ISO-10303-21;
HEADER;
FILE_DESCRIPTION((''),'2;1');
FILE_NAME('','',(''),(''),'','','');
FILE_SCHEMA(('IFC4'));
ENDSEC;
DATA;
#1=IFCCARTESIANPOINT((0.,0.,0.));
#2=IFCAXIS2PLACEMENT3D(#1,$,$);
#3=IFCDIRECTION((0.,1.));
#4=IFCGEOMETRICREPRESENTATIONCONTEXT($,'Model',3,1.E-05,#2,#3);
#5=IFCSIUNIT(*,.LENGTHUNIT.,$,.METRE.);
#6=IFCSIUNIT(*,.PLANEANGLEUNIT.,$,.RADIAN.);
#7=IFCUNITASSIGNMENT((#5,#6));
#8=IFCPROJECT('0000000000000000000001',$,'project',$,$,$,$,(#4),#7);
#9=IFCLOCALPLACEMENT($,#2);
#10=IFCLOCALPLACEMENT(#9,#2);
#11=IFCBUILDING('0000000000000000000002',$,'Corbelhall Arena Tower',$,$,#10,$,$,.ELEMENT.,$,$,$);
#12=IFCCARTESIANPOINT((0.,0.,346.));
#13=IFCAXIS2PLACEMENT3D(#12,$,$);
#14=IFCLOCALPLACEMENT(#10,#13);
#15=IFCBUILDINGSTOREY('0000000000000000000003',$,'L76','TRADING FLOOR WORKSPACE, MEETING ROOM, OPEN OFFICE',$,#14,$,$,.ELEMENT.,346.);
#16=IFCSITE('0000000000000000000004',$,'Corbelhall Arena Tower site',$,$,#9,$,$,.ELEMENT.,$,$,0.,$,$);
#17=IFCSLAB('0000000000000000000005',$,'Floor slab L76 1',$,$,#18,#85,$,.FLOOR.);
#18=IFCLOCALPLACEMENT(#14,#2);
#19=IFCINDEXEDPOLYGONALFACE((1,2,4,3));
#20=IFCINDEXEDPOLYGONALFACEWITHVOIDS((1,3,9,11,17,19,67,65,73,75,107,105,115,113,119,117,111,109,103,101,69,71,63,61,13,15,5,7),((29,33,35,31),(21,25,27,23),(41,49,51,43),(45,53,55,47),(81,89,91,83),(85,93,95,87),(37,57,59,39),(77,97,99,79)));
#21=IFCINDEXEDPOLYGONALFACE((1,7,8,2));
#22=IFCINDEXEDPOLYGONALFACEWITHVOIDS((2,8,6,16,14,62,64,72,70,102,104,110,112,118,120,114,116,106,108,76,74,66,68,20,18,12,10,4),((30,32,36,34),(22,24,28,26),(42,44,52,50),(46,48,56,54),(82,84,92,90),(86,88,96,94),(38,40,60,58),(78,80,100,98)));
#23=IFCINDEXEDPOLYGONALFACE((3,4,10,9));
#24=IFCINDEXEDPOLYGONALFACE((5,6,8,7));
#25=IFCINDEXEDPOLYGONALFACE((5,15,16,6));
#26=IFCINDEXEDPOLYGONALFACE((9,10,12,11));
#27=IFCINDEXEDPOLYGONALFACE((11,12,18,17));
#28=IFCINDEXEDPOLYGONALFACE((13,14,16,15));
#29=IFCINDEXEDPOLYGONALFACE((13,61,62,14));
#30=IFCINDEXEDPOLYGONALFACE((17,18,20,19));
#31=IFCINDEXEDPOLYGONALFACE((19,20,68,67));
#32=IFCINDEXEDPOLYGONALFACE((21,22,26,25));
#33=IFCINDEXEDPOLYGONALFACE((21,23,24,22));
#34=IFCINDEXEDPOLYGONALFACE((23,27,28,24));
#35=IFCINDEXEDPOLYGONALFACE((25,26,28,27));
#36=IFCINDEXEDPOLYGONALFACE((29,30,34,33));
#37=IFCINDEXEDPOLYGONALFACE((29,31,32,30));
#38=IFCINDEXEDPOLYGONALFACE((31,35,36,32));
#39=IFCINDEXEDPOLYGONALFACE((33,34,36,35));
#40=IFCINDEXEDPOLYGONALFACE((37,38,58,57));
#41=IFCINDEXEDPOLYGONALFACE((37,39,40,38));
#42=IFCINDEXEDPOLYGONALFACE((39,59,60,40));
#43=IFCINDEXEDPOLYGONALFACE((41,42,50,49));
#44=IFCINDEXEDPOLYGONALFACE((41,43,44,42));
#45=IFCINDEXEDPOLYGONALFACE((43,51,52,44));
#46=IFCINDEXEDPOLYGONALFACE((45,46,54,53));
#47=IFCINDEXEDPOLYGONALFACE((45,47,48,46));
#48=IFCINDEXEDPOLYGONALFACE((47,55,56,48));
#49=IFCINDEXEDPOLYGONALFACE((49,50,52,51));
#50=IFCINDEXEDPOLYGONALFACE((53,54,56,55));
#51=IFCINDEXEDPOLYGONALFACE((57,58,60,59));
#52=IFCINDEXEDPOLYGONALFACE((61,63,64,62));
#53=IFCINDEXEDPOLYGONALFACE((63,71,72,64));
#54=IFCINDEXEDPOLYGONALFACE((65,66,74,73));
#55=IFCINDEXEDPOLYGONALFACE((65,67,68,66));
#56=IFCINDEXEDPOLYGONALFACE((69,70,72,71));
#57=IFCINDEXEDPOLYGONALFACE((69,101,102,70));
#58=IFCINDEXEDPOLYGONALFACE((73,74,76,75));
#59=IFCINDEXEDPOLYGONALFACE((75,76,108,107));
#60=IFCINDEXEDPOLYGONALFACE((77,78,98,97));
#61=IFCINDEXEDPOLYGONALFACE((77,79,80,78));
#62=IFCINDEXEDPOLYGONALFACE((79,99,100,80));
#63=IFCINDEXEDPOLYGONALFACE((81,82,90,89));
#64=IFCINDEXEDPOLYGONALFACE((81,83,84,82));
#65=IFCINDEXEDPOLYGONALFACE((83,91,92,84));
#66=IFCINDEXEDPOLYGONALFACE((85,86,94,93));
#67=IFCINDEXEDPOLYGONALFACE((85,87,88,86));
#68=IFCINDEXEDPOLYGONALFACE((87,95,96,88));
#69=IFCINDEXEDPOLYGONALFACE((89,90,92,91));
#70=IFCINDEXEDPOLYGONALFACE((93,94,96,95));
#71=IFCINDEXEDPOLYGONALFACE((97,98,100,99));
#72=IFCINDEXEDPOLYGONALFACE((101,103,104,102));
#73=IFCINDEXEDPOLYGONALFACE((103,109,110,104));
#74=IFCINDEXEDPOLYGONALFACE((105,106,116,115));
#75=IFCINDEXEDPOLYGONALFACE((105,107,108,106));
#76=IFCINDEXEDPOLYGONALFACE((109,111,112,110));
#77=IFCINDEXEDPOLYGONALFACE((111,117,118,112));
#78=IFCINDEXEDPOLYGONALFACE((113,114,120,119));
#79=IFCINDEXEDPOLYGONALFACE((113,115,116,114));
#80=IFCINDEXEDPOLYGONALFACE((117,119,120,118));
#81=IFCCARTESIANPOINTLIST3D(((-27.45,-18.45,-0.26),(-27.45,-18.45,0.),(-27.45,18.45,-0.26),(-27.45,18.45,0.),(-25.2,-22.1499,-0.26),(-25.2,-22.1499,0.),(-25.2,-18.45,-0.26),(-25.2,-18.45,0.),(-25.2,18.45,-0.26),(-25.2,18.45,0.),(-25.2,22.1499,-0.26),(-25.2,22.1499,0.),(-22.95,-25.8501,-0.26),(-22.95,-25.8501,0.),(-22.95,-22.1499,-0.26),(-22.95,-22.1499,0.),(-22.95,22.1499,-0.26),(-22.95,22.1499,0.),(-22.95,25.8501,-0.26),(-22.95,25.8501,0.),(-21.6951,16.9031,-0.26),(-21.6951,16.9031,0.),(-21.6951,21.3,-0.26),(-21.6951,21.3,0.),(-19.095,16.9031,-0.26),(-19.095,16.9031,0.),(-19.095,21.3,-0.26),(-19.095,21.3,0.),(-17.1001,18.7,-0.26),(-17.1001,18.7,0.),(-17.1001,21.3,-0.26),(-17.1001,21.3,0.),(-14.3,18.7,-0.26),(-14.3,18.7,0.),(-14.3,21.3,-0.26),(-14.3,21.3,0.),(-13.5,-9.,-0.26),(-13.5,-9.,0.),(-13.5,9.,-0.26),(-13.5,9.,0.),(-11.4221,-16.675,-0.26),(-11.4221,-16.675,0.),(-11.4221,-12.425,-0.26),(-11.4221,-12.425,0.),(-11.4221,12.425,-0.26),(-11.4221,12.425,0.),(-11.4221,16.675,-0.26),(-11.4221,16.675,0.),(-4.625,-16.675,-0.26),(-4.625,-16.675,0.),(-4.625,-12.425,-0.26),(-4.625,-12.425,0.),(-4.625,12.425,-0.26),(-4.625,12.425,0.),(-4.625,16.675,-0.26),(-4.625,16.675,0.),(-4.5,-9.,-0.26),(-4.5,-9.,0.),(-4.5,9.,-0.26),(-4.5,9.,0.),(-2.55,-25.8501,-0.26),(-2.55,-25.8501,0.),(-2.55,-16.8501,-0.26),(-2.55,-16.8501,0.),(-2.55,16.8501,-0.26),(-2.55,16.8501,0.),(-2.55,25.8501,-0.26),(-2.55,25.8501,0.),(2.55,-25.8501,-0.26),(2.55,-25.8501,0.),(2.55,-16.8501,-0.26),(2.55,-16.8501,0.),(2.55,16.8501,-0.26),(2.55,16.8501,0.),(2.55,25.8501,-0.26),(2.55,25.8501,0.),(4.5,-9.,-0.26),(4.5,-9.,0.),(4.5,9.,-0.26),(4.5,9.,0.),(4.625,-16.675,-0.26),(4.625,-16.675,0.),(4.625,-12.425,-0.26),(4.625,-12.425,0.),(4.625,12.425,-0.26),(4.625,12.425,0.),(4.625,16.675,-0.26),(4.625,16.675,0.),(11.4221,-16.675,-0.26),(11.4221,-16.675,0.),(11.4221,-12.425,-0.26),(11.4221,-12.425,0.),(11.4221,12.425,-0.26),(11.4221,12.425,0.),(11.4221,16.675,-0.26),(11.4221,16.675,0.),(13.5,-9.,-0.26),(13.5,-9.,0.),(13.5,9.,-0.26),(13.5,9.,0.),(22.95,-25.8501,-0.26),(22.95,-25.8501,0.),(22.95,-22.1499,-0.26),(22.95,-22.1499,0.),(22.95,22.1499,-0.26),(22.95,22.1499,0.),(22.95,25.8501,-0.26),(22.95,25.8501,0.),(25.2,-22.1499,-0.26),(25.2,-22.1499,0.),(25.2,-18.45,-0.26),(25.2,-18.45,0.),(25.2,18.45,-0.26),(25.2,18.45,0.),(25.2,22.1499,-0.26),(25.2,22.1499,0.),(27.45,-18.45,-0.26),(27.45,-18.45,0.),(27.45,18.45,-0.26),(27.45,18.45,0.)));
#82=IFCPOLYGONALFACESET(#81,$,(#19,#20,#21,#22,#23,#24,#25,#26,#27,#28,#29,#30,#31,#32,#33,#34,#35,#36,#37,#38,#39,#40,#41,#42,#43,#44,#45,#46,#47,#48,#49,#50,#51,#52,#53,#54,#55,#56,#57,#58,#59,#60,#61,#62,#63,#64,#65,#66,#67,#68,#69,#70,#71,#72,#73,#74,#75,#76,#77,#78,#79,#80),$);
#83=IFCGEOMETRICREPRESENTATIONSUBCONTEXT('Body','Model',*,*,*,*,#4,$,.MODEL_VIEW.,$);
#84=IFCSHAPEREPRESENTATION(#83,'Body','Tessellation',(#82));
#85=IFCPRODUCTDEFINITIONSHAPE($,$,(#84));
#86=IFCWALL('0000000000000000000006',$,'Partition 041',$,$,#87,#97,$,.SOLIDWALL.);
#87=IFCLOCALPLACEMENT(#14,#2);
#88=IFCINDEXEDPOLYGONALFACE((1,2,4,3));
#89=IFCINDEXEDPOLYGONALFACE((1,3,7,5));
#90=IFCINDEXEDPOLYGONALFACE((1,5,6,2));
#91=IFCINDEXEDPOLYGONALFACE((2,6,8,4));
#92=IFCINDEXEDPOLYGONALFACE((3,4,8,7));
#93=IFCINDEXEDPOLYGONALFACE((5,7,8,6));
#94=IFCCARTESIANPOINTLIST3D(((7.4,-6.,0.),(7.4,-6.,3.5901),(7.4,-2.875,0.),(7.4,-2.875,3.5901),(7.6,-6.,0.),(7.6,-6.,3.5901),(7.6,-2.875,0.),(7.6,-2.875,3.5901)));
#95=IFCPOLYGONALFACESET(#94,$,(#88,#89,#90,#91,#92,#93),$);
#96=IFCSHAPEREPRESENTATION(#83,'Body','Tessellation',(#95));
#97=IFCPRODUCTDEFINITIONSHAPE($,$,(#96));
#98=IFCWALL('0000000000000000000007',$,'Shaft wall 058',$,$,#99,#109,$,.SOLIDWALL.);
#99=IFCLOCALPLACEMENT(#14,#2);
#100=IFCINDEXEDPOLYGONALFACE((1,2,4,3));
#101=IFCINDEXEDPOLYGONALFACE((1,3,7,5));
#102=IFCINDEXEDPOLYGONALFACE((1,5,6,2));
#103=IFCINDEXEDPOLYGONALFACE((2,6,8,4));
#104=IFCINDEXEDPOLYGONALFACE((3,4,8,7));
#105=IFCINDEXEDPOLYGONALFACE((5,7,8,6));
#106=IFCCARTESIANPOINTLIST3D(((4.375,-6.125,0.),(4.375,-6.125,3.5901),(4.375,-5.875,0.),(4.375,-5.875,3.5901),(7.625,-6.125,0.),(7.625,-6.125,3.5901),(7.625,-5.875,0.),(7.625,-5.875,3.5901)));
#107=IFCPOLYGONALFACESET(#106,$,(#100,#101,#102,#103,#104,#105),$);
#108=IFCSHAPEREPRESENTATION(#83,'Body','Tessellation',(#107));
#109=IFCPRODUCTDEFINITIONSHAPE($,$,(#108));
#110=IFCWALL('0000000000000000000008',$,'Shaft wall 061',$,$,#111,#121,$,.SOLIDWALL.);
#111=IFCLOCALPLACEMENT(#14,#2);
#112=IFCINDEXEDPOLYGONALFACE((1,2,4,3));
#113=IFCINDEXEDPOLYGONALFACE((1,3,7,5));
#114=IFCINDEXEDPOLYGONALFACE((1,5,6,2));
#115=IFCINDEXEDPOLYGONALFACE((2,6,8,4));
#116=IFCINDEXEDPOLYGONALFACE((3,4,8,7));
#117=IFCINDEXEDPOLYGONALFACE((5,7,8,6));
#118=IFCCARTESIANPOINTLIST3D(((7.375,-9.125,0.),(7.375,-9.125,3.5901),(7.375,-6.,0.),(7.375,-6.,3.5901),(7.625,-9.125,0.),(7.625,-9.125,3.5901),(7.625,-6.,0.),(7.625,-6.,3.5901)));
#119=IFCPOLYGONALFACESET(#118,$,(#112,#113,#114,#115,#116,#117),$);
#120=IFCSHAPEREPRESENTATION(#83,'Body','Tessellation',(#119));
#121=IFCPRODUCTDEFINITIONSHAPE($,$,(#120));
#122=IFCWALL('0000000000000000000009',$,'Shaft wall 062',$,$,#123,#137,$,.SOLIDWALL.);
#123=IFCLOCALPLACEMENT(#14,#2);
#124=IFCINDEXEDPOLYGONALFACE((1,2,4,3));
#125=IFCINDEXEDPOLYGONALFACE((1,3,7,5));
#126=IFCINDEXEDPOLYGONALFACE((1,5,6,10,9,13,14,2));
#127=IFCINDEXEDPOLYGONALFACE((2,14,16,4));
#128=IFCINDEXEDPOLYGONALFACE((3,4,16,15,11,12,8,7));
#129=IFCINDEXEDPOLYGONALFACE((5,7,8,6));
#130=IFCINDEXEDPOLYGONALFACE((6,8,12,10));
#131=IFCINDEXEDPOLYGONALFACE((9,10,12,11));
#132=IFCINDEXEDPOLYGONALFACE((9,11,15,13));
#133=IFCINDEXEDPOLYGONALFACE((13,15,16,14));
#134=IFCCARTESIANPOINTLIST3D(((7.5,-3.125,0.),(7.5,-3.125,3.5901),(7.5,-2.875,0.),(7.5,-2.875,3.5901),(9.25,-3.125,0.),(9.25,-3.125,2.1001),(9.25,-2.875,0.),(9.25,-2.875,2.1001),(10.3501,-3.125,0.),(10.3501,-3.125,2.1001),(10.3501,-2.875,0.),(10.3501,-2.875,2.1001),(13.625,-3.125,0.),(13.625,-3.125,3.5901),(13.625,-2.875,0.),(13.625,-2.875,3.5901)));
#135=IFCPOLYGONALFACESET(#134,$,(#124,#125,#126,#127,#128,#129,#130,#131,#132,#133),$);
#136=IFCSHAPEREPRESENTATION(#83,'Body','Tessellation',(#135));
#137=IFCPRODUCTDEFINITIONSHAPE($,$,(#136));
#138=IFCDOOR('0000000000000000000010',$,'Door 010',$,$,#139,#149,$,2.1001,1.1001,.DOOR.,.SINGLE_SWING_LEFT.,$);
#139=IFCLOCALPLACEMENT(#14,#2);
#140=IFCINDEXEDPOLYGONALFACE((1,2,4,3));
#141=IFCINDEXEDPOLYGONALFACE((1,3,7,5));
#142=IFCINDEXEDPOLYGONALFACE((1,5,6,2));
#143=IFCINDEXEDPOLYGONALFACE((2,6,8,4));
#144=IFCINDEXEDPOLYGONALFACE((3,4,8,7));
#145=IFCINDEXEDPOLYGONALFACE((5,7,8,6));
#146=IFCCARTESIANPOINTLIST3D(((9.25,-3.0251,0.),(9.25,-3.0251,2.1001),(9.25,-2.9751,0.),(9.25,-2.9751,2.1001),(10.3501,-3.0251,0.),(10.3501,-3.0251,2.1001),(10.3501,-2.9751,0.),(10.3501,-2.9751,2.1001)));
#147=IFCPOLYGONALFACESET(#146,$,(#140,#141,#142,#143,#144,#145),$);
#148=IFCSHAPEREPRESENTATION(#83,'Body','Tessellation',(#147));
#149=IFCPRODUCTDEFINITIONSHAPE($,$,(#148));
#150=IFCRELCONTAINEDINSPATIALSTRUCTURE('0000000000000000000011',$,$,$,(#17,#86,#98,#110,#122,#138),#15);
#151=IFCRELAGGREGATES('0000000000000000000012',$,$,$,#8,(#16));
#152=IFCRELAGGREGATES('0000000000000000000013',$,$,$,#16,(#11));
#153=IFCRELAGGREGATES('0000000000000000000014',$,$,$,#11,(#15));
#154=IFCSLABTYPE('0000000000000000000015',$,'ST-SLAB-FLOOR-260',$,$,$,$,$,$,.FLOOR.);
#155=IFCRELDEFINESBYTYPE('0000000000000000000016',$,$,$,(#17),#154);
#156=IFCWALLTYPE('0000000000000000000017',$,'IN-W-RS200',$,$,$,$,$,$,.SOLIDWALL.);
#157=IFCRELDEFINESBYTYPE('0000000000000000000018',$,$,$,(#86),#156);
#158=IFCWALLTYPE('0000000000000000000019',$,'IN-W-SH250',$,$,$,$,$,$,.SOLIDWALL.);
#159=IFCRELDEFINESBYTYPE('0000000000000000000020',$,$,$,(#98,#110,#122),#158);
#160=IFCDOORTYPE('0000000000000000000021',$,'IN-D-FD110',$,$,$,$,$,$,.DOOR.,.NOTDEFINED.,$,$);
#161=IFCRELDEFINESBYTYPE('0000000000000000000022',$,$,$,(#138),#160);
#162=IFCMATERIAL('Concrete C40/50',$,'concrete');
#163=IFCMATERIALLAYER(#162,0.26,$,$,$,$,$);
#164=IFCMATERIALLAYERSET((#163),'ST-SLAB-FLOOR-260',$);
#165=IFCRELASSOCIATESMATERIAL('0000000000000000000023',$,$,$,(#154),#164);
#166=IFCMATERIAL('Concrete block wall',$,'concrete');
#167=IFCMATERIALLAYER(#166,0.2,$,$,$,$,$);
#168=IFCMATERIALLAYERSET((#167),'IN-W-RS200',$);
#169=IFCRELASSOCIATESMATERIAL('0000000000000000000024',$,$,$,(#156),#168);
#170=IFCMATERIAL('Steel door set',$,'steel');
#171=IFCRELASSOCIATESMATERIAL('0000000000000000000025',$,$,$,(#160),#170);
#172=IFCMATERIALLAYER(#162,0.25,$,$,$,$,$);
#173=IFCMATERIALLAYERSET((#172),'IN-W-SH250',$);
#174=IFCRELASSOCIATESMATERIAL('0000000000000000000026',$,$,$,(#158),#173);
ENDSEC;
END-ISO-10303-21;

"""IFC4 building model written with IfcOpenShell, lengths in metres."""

from ifc_helpers import new_model, si_unit, direction, frame, frame_2d, origin, place, context, subcontext, project, spatial, polyline, rectangle, outline, extrude, material, layer, layer_set, type_object, element, fill, save


model = new_model("IFC4")

# Units and contexts
model_context = context("Model", 3, precision=1e-05, world=origin(), true_north=direction((0.0, 1.0)))
body_context = subcontext(model_context, "Body", "Model", "MODEL_VIEW")
ifc_project = project(units=[si_unit("LENGTHUNIT", "METRE"), si_unit("PLANEANGLEUNIT", "RADIAN")], contexts=[model_context])

# Site, building, storey
site_placement = place(None, origin())
site = spatial("IfcSite", under=ifc_project, at=site_placement, Name="Corbelhall Arena Tower site", CompositionType="ELEMENT", RefElevation=0.0)
building_placement = place(site_placement, origin())
building = spatial("IfcBuilding", under=site, at=building_placement, Name="Corbelhall Arena Tower", CompositionType="ELEMENT")
storey_placement = place(building_placement, frame((0.0, 0.0, 346.0)))
storey = spatial("IfcBuildingStorey", under=building, at=storey_placement, Name="L76", Description="TRADING FLOOR WORKSPACE, MEETING ROOM, OPEN OFFICE", CompositionType="ELEMENT", Elevation=346.0)

# Shared definitions
ifc_material_1 = material(Name="Concrete C40/50", Category="concrete")

# Slab
ifc_layer_1 = layer(ifc_material_1, 0.26)
ifc_layer_set_1 = layer_set([ifc_layer_1], Name="ST-SLAB-FLOOR-260")
slab_type_1 = type_object("IfcSlabType", Name="ST-SLAB-FLOOR-260", PredefinedType="FLOOR", material=ifc_layer_set_1)
slab_1_placement = place(storey_placement, frame((0.0, 0.0, -0.26)))
element("IfcSlab", 1, at=slab_1_placement, inside=storey, type_object=slab_type_1, Name="Floor slab L76 1", PredefinedType="FLOOR", context=body_context, shape_type="SweptSolid", body=[
    extrude(outline(polyline([(22.95, 25.8501), (2.55, 25.8501), (2.55, 16.8501), (-2.55, 16.8501), (-2.55, 25.8501), (-22.95, 25.8501), (-22.95, 22.1499), (-25.2, 22.1499), (-25.2, 18.45), (-27.45, 18.45), (-27.45, -18.45), (-25.2, -18.45), (-25.2, -22.1499), (-22.95, -22.1499), (-22.95, -25.8501), (-2.55, -25.8501), (-2.55, -16.8501), (2.55, -16.8501), (2.55, -25.8501), (22.95, -25.8501), (22.95, -22.1499), (25.2, -22.1499), (25.2, -18.45), (27.45, -18.45), (27.45, 18.45), (25.2, 18.45), (25.2, 22.1499), (22.95, 22.1499), (22.95, 25.8501)]), holes=[polyline([(-13.5, 9.0), (-13.5, -9.0), (-4.5, -9.0), (-4.5, 9.0), (-13.5, 9.0)]), polyline([(4.5, 9.0), (4.5, -9.0), (13.5, -9.0), (13.5, 9.0), (4.5, 9.0)]), polyline([(-4.625, 16.675), (-11.4221, 16.675), (-11.4221, 12.425), (-4.625, 12.425), (-4.625, 16.675)]), polyline([(-4.625, -16.675), (-4.625, -12.425), (-11.4221, -12.425), (-11.4221, -16.675), (-4.625, -16.675)]), polyline([(11.4221, 16.675), (4.625, 16.675), (4.625, 12.425), (11.4221, 12.425), (11.4221, 16.675)]), polyline([(11.4221, -16.675), (11.4221, -12.425), (4.625, -12.425), (4.625, -16.675), (11.4221, -16.675)]), polyline([(-21.6951, 21.3), (-21.6951, 16.9031), (-19.095, 16.9031), (-19.095, 21.3), (-21.6951, 21.3)]), polyline([(-14.3, 21.3), (-17.1001, 21.3), (-17.1001, 18.7), (-14.3, 18.7), (-14.3, 21.3)])]), origin(), (0.0, 0.0, 1.0), 0.26),
])

# Wall
ifc_material_2 = material(Name="Concrete block wall", Category="concrete")
ifc_layer_2 = layer(ifc_material_2, 0.2)
ifc_layer_set_2 = layer_set([ifc_layer_2], Name="IN-W-RS200")
wall_type_1 = type_object("IfcWallType", Name="IN-W-RS200", PredefinedType="SOLIDWALL", material=ifc_layer_set_2)
wall_1_placement = place(storey_placement, frame((7.5, -2.875, 0.0), z_axis=(0.0, 0.0, 1.0), x_axis=(0.0, -1.0, 0.0)))
element("IfcWall", 2, at=wall_1_placement, inside=storey, type_object=wall_type_1, Name="Partition 041", PredefinedType="SOLIDWALL", context=body_context, shape_type="SweptSolid", body=[
    extrude(rectangle(XDim=3.125, YDim=0.2, at=frame_2d((1.5625, 0.0))), origin(), (0.0, 0.0, 1.0), 3.5901),
])

# Shared definitions
ifc_material_3 = material(Name="Steel door set", Category="steel")
door_type_1 = type_object("IfcDoorType", Name="IN-D-FD110", OperationType="NOTDEFINED", PredefinedType="DOOR", material=ifc_material_3)

# Walls
ifc_layer_3 = layer(ifc_material_1, 0.25)
ifc_layer_set_3 = layer_set([ifc_layer_3], Name="IN-W-SH250")
wall_type_2 = type_object("IfcWallType", Name="IN-W-SH250", PredefinedType="SOLIDWALL", material=ifc_layer_set_3)
wall_2_placement = place(storey_placement, frame((4.375, -6.0, 0.0), z_axis=(0.0, 0.0, 1.0), x_axis=(1.0, 0.0, 0.0)))
element("IfcWall", 3, at=wall_2_placement, inside=storey, type_object=wall_type_2, Name="Shaft wall 058", PredefinedType="SOLIDWALL", context=body_context, shape_type="SweptSolid", body=[
    extrude(rectangle(XDim=3.25, YDim=0.25, at=frame_2d((1.625, 0.0))), origin(), (0.0, 0.0, 1.0), 3.5901),
])
wall_3_placement = place(storey_placement, frame((7.5, -6.0, 0.0), z_axis=(0.0, 0.0, 1.0), x_axis=(0.0, -1.0, 0.0)))
element("IfcWall", 4, at=wall_3_placement, inside=storey, type_object=wall_type_2, Name="Shaft wall 061", PredefinedType="SOLIDWALL", context=body_context, shape_type="SweptSolid", body=[
    extrude(rectangle(XDim=3.125, YDim=0.25, at=frame_2d((1.5625, 0.0))), origin(), (0.0, 0.0, 1.0), 3.5901),
])

# Wall, opening, door
wall_4_placement = place(storey_placement, frame((7.5, -3.0, 0.0), z_axis=(0.0, 0.0, 1.0), x_axis=(1.0, 0.0, 0.0)))
wall_4 = element("IfcWall", 5, at=wall_4_placement, inside=storey, type_object=wall_type_2, Name="Shaft wall 062", PredefinedType="SOLIDWALL", context=body_context, shape_type="SweptSolid", body=[
    extrude(rectangle(XDim=6.125, YDim=0.25, at=frame_2d((3.0625, 0.0))), origin(), (0.0, 0.0, 1.0), 3.5901),
])
opening_1_placement = place(wall_4_placement, frame((1.75, 0.0, 0.0)))
opening_1 = element("IfcOpeningElement", 6, at=opening_1_placement, cuts=wall_4, PredefinedType="OPENING", context=body_context, shape_type="SweptSolid", body=[
    extrude(rectangle(XDim=1.1001, YDim=2.1001, at=frame_2d((0.55, 1.05))), frame((0.0, 0.125, 0.0), z_axis=(0.0, -1.0, 0.0), x_axis=(1.0, 0.0, 0.0)), (0.0, 0.0, 1.0), 0.25),
])
door_1_placement = place(opening_1_placement, origin())
door_1 = element("IfcDoor", 7, at=door_1_placement, inside=storey, type_object=door_type_1, Name="Door 010", OperationType="SINGLE_SWING_LEFT", OverallHeight=2.1001, OverallWidth=1.1001, PredefinedType="DOOR", context=body_context, shape_type="SweptSolid", body=[
    extrude(rectangle(XDim=1.1001, YDim=2.1001, at=frame_2d((0.55, 1.05))), frame((0.0, 0.0249, 0.0), z_axis=(0.0, -1.0, 0.0), x_axis=(1.0, 0.0, 0.0)), (0.0, 0.0, 1.0), 0.05),
])
fill(opening_1, door_1)

save(model, "model.ifc")
